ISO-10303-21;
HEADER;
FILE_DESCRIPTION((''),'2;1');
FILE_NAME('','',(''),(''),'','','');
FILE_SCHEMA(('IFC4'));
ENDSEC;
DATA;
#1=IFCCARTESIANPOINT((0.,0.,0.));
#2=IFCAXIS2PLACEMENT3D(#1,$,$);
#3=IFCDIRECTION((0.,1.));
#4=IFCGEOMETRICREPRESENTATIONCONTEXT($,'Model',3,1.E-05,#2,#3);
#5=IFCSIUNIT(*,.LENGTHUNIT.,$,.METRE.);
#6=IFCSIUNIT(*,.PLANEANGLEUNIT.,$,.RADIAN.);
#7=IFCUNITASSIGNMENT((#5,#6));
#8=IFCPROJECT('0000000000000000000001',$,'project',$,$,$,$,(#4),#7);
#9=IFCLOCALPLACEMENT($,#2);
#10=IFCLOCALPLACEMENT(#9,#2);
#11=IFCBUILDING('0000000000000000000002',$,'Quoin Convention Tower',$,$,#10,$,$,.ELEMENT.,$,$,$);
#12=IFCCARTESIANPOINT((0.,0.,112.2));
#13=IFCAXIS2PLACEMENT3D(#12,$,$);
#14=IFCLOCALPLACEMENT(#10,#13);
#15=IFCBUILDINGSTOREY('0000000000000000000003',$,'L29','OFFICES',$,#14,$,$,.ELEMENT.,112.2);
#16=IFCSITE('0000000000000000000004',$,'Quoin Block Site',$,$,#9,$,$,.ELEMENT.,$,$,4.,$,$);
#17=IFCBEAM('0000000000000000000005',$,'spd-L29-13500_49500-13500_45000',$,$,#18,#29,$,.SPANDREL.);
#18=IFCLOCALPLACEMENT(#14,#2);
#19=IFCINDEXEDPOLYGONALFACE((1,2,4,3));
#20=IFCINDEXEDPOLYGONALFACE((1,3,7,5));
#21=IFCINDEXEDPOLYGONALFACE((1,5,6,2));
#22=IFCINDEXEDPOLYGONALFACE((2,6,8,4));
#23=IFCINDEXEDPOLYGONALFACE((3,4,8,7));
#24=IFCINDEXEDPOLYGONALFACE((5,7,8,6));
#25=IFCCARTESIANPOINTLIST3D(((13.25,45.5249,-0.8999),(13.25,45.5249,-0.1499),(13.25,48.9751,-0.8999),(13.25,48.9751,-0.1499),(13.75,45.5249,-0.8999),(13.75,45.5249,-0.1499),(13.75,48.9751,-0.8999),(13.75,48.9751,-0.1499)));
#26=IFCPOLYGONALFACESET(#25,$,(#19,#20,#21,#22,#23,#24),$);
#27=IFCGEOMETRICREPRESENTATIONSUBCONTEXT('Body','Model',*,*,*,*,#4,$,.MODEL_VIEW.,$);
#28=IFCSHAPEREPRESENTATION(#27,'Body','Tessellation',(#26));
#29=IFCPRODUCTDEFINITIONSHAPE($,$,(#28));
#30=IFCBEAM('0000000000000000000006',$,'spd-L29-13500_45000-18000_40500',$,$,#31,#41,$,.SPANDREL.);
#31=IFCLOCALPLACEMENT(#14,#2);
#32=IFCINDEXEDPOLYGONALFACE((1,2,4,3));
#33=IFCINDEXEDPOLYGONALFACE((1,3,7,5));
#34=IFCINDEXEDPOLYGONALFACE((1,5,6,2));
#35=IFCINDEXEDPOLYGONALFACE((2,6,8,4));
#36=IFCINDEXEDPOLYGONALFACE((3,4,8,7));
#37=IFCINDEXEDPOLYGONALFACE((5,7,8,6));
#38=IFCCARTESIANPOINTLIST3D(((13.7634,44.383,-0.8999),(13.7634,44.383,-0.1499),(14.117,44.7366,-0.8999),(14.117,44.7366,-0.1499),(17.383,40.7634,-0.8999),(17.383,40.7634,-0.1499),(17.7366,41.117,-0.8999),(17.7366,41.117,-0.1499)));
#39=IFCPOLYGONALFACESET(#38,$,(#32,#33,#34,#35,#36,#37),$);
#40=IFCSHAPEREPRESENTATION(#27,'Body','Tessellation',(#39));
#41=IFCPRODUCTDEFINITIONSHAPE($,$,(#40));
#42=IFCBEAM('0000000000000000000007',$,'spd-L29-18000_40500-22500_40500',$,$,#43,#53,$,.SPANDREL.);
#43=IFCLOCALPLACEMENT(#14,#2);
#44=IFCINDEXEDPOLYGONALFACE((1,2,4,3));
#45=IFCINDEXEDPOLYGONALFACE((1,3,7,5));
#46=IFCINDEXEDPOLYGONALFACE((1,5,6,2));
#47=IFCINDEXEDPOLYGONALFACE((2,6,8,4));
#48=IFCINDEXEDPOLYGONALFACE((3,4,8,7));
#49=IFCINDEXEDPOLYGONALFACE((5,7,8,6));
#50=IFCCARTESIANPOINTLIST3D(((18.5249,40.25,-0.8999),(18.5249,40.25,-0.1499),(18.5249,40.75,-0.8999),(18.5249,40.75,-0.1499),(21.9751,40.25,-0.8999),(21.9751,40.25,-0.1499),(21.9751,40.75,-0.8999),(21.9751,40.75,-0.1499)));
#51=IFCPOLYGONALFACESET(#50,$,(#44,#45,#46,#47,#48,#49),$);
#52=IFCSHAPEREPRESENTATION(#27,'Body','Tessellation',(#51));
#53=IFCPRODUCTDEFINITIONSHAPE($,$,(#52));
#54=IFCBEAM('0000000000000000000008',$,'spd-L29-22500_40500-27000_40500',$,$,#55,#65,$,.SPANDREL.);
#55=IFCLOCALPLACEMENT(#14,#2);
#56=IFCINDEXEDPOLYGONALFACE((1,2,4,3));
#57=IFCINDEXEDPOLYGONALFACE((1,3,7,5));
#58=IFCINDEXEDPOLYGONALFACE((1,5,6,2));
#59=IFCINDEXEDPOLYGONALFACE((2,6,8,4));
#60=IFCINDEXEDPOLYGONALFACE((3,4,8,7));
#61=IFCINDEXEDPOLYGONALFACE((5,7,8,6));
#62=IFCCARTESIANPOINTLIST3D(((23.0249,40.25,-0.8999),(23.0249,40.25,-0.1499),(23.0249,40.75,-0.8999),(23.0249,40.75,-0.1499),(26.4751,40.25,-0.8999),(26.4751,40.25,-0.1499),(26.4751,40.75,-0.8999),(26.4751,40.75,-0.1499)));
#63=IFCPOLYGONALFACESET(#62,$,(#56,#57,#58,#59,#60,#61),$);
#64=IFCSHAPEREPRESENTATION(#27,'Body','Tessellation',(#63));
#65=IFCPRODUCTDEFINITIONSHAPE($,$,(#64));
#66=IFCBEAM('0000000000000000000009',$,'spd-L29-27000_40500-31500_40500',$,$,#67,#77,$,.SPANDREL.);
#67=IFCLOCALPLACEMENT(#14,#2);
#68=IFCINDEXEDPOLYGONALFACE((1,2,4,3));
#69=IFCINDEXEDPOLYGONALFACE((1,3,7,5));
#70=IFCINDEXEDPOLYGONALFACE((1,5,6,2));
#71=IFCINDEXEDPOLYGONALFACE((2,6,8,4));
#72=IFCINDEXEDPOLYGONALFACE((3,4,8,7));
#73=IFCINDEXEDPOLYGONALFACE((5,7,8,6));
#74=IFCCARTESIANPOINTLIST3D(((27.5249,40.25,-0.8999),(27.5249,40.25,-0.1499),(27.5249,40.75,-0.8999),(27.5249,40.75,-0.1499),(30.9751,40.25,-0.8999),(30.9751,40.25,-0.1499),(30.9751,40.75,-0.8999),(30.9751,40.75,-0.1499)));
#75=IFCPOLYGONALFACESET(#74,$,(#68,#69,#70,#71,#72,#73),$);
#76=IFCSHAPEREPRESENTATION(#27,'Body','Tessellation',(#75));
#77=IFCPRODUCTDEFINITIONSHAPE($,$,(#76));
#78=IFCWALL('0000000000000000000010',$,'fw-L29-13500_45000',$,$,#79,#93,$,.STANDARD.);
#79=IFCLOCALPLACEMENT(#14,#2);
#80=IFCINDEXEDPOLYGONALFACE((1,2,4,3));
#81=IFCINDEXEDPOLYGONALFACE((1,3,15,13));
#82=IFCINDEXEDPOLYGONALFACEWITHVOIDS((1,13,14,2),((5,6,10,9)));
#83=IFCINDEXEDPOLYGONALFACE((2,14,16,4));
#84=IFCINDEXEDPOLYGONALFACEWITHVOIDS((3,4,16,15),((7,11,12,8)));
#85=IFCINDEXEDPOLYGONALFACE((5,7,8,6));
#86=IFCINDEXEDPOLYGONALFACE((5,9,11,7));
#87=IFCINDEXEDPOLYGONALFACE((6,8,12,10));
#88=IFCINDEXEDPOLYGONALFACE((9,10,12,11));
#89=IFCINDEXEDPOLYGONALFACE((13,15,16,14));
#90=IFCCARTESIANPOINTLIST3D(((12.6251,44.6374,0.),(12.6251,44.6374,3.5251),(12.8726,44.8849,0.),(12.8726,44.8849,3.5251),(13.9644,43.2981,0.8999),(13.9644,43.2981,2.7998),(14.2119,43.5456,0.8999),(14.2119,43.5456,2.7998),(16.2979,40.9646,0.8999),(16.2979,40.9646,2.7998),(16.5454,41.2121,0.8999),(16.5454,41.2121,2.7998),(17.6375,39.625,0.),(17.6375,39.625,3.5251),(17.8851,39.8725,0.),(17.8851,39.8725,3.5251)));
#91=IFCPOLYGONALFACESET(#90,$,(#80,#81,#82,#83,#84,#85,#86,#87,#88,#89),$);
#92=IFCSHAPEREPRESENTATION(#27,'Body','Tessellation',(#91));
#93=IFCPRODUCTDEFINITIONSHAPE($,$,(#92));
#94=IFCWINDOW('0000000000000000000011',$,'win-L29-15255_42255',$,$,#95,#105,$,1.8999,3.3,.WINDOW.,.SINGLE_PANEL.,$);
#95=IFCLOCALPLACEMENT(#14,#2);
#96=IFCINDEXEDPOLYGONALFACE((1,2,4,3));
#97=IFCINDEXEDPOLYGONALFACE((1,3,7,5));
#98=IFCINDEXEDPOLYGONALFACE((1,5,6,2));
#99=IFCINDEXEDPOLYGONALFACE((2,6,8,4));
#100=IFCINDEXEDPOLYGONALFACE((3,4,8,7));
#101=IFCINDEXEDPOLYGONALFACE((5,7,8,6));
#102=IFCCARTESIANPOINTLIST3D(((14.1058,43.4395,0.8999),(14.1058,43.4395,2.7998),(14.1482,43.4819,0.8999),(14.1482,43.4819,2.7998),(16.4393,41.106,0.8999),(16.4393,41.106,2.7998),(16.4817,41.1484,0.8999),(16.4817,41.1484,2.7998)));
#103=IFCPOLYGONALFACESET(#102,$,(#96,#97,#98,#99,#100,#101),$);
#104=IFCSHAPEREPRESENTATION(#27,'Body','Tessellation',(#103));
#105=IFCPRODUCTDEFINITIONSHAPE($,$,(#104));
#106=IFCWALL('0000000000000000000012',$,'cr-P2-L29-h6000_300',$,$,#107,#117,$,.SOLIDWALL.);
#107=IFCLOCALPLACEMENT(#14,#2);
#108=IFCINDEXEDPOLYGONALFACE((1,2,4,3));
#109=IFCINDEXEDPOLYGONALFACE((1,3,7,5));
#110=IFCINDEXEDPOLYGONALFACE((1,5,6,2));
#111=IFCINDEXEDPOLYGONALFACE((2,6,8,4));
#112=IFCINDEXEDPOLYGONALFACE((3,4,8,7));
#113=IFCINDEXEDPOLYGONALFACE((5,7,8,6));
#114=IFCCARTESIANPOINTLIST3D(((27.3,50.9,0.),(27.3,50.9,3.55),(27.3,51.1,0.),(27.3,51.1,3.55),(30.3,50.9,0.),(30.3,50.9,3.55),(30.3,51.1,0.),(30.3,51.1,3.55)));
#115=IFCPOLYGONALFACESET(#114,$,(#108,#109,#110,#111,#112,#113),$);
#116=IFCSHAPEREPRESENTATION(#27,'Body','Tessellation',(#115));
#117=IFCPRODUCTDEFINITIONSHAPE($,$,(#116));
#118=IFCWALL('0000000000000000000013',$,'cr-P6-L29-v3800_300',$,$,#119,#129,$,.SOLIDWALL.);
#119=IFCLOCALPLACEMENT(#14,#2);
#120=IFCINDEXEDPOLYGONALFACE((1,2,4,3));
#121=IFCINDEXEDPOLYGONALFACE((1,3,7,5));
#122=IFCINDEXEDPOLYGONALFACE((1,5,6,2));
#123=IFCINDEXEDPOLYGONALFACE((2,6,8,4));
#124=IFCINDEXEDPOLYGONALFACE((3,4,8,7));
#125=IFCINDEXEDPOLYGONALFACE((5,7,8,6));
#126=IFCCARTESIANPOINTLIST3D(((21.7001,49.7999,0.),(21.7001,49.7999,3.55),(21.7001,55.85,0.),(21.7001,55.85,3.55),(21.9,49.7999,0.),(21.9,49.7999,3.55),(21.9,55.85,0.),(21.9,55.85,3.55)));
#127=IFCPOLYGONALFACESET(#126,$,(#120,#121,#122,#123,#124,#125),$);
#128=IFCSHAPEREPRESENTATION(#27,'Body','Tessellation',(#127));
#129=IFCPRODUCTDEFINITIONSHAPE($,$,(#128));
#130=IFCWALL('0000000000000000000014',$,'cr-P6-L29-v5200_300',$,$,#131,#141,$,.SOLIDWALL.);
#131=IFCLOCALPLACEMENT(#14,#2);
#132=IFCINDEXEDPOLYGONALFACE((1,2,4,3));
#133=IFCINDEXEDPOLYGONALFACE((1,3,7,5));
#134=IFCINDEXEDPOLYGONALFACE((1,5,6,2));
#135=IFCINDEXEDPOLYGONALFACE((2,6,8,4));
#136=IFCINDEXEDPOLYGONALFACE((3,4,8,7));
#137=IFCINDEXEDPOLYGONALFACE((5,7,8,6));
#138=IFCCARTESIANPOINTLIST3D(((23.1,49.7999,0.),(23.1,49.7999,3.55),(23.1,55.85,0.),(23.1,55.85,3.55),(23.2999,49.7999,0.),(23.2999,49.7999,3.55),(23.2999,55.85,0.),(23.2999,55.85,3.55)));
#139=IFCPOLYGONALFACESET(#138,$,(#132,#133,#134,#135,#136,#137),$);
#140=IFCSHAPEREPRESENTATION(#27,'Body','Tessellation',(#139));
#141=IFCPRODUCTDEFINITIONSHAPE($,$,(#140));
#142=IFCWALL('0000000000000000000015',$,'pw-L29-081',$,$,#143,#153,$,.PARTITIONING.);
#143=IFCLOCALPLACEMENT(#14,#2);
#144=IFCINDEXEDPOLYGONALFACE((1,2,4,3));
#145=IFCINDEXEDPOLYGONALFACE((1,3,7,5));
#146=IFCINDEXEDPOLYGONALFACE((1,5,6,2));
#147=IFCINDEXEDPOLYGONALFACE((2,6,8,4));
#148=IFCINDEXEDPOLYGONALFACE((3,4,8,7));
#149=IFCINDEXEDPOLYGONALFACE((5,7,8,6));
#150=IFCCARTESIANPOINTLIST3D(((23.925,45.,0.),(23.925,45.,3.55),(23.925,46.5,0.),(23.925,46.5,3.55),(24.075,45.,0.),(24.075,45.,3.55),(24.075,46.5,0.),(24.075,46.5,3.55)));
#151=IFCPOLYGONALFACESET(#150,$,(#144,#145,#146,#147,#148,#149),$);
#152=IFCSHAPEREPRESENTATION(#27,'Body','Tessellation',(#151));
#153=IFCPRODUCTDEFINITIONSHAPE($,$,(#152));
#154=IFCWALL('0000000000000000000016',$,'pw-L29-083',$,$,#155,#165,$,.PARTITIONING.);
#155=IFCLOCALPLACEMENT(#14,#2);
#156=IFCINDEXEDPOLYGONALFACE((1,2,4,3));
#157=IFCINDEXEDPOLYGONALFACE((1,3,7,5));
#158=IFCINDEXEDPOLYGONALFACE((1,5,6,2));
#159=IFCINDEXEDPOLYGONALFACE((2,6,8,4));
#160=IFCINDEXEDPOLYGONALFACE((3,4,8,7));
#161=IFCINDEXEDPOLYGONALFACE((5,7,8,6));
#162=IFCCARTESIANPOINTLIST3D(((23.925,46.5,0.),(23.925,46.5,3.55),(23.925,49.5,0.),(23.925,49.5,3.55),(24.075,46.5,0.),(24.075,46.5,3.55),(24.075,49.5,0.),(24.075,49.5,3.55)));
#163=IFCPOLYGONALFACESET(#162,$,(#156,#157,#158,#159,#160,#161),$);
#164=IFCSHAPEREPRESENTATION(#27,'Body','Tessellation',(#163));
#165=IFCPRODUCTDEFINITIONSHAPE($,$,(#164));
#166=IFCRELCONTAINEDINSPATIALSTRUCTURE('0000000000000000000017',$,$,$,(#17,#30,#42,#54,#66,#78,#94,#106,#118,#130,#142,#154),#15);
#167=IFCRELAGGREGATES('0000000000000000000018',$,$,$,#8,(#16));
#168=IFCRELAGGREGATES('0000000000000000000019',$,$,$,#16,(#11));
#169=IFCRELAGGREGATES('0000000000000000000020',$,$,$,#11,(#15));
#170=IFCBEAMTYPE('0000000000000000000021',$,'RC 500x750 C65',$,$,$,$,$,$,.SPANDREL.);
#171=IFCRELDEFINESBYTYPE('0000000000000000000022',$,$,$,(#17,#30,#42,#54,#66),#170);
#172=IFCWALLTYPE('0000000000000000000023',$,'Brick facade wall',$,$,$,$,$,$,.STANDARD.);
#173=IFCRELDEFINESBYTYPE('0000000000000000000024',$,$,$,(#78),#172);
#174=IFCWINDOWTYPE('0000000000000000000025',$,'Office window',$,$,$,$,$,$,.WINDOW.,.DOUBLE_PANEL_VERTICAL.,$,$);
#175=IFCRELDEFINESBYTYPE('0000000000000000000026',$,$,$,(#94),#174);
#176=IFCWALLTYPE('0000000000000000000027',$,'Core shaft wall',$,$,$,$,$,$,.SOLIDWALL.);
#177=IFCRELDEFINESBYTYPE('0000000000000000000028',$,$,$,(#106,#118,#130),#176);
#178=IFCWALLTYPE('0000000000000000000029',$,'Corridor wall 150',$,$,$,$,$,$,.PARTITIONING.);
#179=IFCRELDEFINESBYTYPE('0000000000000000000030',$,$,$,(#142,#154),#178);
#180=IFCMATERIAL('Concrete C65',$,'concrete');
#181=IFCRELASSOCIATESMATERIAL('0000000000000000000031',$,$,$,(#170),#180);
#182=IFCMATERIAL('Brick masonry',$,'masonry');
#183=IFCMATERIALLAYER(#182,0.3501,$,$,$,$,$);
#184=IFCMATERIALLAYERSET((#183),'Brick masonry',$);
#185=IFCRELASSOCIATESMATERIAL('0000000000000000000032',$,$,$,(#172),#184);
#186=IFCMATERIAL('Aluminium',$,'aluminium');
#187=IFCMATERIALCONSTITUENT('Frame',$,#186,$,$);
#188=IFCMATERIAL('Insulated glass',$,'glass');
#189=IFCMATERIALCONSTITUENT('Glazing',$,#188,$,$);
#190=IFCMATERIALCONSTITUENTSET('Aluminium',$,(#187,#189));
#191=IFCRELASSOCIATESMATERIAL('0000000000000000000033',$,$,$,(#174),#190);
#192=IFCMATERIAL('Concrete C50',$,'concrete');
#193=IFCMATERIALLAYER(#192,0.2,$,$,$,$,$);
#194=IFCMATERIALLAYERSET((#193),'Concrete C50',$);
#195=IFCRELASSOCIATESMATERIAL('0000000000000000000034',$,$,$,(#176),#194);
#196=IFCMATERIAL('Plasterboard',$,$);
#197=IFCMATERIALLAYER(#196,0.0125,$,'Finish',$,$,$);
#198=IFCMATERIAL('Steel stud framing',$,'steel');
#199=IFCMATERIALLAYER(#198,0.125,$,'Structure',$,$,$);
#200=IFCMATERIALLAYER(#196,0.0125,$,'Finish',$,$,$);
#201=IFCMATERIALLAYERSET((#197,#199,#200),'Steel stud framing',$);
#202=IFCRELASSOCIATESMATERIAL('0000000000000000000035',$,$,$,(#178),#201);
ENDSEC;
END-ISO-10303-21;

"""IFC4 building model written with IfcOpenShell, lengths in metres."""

from ifc_helpers import new_model, si_unit, direction, frame, frame_2d, origin, origin_2d, place, context, subcontext, project, spatial, rectangle, extrude, material, layer, layer_set, constituent, constituent_set, material_profile, profile_set, type_object, element, fill, save


model = new_model("IFC4")

# Units and contexts
model_context = context("Model", 3, precision=1e-05, world=origin(), true_north=direction((0.0, 1.0)))
body_context = subcontext(model_context, "Body", "Model", "MODEL_VIEW")
ifc_project = project(units=[si_unit("LENGTHUNIT", "METRE"), si_unit("PLANEANGLEUNIT", "RADIAN")], contexts=[model_context])

# Site, building, storey
site_placement = place(None, origin())
site = spatial("IfcSite", under=ifc_project, at=site_placement, Name="Quoin Block Site", CompositionType="ELEMENT", RefElevation=4.0)
building_placement = place(site_placement, origin())
building = spatial("IfcBuilding", under=site, at=building_placement, Name="Quoin Convention Tower", CompositionType="ELEMENT")
storey_placement = place(building_placement, frame((0.0, 0.0, 112.2)))
storey = spatial("IfcBuildingStorey", under=building, at=storey_placement, Name="L29", Description="OFFICES", CompositionType="ELEMENT", Elevation=112.2)

# Shared definitions
ifc_material_1 = material(Name="Concrete C65", Category="concrete")

# Beams
ifc_material_profile_1 = material_profile(ifc_material_1, rectangle(XDim=0.5, YDim=0.75, at=origin_2d()), Name="RC 500x750")
ifc_profile_set_1 = profile_set([ifc_material_profile_1], Name="Concrete C65")
beam_type_1 = type_object("IfcBeamType", Name="RC 500x750 C65", PredefinedType="SPANDREL", material=ifc_profile_set_1)
beam_1_placement = place(storey_placement, frame((13.5, 48.9751, -0.5249), z_axis=(0.0, -1.0, 0.0), x_axis=(1.0, 0.0, 0.0)))
element("IfcBeam", 1, at=beam_1_placement, inside=storey, type_object=beam_type_1, Name="spd-L29-13500_49500-13500_45000", PredefinedType="SPANDREL", context=body_context, shape_type="SweptSolid", body=[
    extrude(rectangle(XDim=0.5, YDim=0.75, at=origin_2d()), origin(), (0.0, 0.0, 1.0), 3.4502),
])
beam_2_placement = place(storey_placement, frame((13.9402, 44.5598, -0.5249), z_axis=(0.707107, -0.707107, 0.0), x_axis=(0.707107, 0.707107, 0.0)))
element("IfcBeam", 2, at=beam_2_placement, inside=storey, type_object=beam_type_1, Name="spd-L29-13500_45000-18000_40500", PredefinedType="SPANDREL", context=body_context, shape_type="SweptSolid", body=[
    extrude(rectangle(XDim=0.5, YDim=0.75, at=origin_2d()), origin(), (0.0, 0.0, 1.0), 5.1189),
])
for number, where, z_axis, x_axis, name in (
    (3, (18.5249, 40.5, -0.5249), (1.0, 0.0, 0.0), (0.0, 1.0, 0.0), "spd-L29-18000_40500-22500_40500"),
    (4, (23.0249, 40.5, -0.5249), (1.0, 0.0, 0.0), (0.0, 1.0, 0.0), "spd-L29-22500_40500-27000_40500"),
    (5, (27.5249, 40.5, -0.5249), (1.0, 0.0, 0.0), (0.0, 1.0, 0.0), "spd-L29-27000_40500-31500_40500"),
):
    element("IfcBeam", number, at=place(storey_placement, frame(where, z_axis=z_axis, x_axis=x_axis)), inside=storey, type_object=beam_type_1, Name=name, PredefinedType="SPANDREL", context=body_context, shape_type="SweptSolid", body=[
        extrude(rectangle(XDim=0.5, YDim=0.75, at=origin_2d()), origin(), (0.0, 0.0, 1.0), 3.4502),
    ])

# Wall, opening, window
ifc_material_2 = material(Name="Brick masonry", Category="masonry")
ifc_layer_1 = layer(ifc_material_2, 0.3501)
ifc_layer_set_1 = layer_set([ifc_layer_1], Name="Brick masonry")
wall_type_1 = type_object("IfcWallType", Name="Brick facade wall", PredefinedType="STANDARD", material=ifc_layer_set_1)
wall_1_placement = place(storey_placement, frame((12.7488, 44.7612, 0.0), z_axis=(0.0, 0.0, 1.0), x_axis=(0.707107, -0.707107, 0.0)))
wall_1 = element("IfcWall", 6, at=wall_1_placement, inside=storey, type_object=wall_type_1, Name="fw-L29-13500_45000", PredefinedType="STANDARD", context=body_context, shape_type="SweptSolid", body=[
    extrude(rectangle(XDim=7.0886, YDim=0.3501, at=frame_2d((3.5444, 0.0))), origin(), (0.0, 0.0, 1.0), 3.5251),
])
opening_1_placement = place(wall_1_placement, frame((1.8943, 0.0, 0.8999)))
opening_1 = element("IfcOpeningElement", 7, at=opening_1_placement, cuts=wall_1, PredefinedType="OPENING", context=body_context, shape_type="SweptSolid", body=[
    extrude(rectangle(XDim=3.3, YDim=1.8999, at=frame_2d((1.6499, 0.95))), frame((0.0, 0.1851, 0.0), z_axis=(0.0, -1.0, 0.0), x_axis=(1.0, 0.0, 0.0)), (0.0, 0.0, 1.0), 0.3701),
])
ifc_material_3 = material(Name="Aluminium", Category="aluminium")
ifc_constituent_1 = constituent(ifc_material_3, Name="Frame")
ifc_material_4 = material(Name="Insulated glass", Category="glass")
ifc_constituent_2 = constituent(ifc_material_4, Name="Glazing")
ifc_constituent_set = constituent_set(constituents=[ifc_constituent_1, ifc_constituent_2], Name="Aluminium")
window_type = type_object("IfcWindowType", Name="Office window", PartitioningType="DOUBLE_PANEL_VERTICAL", PredefinedType="WINDOW", material=ifc_constituent_set)
window_placement = place(opening_1_placement, origin())
window = element("IfcWindow", 8, at=window_placement, inside=storey, type_object=window_type, Name="win-L29-15255_42255", OverallHeight=1.8999, OverallWidth=3.3, PartitioningType="SINGLE_PANEL", PredefinedType="WINDOW", context=body_context, shape_type="SweptSolid", body=[
    extrude(rectangle(XDim=3.3, YDim=1.8999, at=frame_2d((1.6499, 0.95))), frame((0.0, 0.085, 0.0), z_axis=(0.0, -1.0, 0.0), x_axis=(1.0, 0.0, 0.0)), (0.0, 0.0, 1.0), 0.0601),
])
fill(opening_1, window)

# Walls
ifc_material_5 = material(Name="Concrete C50", Category="concrete")
ifc_layer_2 = layer(ifc_material_5, 0.2)
ifc_layer_set_2 = layer_set([ifc_layer_2], Name="Concrete C50")
wall_type_2 = type_object("IfcWallType", Name="Core shaft wall", PredefinedType="SOLIDWALL", material=ifc_layer_set_2)
wall_2_placement = place(storey_placement, frame((27.3, 51.0, 0.0), z_axis=(0.0, 0.0, 1.0), x_axis=(1.0, 0.0, 0.0)))
element("IfcWall", 9, at=wall_2_placement, inside=storey, type_object=wall_type_2, Name="cr-P2-L29-h6000_300", PredefinedType="SOLIDWALL", context=body_context, shape_type="SweptSolid", body=[
    extrude(rectangle(XDim=3.0, YDim=0.2, at=frame_2d((1.5, 0.0))), origin(), (0.0, 0.0, 1.0), 3.55),
])
for number, where, z_axis, x_axis, name in (
    (10, (21.8, 49.8, 0.0), (0.0, 0.0, 1.0), (0.0, 1.0, 0.0), "cr-P6-L29-v3800_300"),
    (11, (23.2, 49.8, 0.0), (0.0, 0.0, 1.0), (0.0, 1.0, 0.0), "cr-P6-L29-v5200_300"),
):
    element("IfcWall", number, at=place(storey_placement, frame(where, z_axis=z_axis, x_axis=x_axis)), inside=storey, type_object=wall_type_2, Name=name, PredefinedType="SOLIDWALL", context=body_context, shape_type="SweptSolid", body=[
        extrude(rectangle(XDim=6.05, YDim=0.2, at=frame_2d((3.0249, 0.0))), origin(), (0.0, 0.0, 1.0), 3.55),
    ])
ifc_material_6 = material(Name="Plasterboard")
ifc_layer_3 = layer(ifc_material_6, 0.0125, Name="Finish")
ifc_material_7 = material(Name="Steel stud framing", Category="steel")
ifc_layer_4 = layer(ifc_material_7, 0.125, Name="Structure")
ifc_layer_5 = layer(ifc_material_6, 0.0125, Name="Finish")
ifc_layer_set_3 = layer_set([ifc_layer_3, ifc_layer_4, ifc_layer_5], Name="Steel stud framing")
wall_type_3 = type_object("IfcWallType", Name="Corridor wall 150", PredefinedType="PARTITIONING", material=ifc_layer_set_3)
wall_3_placement = place(storey_placement, frame((24.0, 45.0, 0.0), z_axis=(0.0, 0.0, 1.0), x_axis=(0.0, 1.0, 0.0)))
element("IfcWall", 12, at=wall_3_placement, inside=storey, type_object=wall_type_3, Name="pw-L29-081", PredefinedType="PARTITIONING", context=body_context, shape_type="SweptSolid", body=[
    extrude(rectangle(XDim=1.5, YDim=0.1499, at=frame_2d((0.75, 0.0))), origin(), (0.0, 0.0, 1.0), 3.55),
])
wall_4_placement = place(storey_placement, frame((24.0, 46.5, 0.0), z_axis=(0.0, 0.0, 1.0), x_axis=(0.0, 1.0, 0.0)))
element("IfcWall", 13, at=wall_4_placement, inside=storey, type_object=wall_type_3, Name="pw-L29-083", PredefinedType="PARTITIONING", context=body_context, shape_type="SweptSolid", body=[
    extrude(rectangle(XDim=3.0, YDim=0.1499, at=frame_2d((1.5, 0.0))), origin(), (0.0, 0.0, 1.0), 3.55),
])

save(model, "model.ifc")
